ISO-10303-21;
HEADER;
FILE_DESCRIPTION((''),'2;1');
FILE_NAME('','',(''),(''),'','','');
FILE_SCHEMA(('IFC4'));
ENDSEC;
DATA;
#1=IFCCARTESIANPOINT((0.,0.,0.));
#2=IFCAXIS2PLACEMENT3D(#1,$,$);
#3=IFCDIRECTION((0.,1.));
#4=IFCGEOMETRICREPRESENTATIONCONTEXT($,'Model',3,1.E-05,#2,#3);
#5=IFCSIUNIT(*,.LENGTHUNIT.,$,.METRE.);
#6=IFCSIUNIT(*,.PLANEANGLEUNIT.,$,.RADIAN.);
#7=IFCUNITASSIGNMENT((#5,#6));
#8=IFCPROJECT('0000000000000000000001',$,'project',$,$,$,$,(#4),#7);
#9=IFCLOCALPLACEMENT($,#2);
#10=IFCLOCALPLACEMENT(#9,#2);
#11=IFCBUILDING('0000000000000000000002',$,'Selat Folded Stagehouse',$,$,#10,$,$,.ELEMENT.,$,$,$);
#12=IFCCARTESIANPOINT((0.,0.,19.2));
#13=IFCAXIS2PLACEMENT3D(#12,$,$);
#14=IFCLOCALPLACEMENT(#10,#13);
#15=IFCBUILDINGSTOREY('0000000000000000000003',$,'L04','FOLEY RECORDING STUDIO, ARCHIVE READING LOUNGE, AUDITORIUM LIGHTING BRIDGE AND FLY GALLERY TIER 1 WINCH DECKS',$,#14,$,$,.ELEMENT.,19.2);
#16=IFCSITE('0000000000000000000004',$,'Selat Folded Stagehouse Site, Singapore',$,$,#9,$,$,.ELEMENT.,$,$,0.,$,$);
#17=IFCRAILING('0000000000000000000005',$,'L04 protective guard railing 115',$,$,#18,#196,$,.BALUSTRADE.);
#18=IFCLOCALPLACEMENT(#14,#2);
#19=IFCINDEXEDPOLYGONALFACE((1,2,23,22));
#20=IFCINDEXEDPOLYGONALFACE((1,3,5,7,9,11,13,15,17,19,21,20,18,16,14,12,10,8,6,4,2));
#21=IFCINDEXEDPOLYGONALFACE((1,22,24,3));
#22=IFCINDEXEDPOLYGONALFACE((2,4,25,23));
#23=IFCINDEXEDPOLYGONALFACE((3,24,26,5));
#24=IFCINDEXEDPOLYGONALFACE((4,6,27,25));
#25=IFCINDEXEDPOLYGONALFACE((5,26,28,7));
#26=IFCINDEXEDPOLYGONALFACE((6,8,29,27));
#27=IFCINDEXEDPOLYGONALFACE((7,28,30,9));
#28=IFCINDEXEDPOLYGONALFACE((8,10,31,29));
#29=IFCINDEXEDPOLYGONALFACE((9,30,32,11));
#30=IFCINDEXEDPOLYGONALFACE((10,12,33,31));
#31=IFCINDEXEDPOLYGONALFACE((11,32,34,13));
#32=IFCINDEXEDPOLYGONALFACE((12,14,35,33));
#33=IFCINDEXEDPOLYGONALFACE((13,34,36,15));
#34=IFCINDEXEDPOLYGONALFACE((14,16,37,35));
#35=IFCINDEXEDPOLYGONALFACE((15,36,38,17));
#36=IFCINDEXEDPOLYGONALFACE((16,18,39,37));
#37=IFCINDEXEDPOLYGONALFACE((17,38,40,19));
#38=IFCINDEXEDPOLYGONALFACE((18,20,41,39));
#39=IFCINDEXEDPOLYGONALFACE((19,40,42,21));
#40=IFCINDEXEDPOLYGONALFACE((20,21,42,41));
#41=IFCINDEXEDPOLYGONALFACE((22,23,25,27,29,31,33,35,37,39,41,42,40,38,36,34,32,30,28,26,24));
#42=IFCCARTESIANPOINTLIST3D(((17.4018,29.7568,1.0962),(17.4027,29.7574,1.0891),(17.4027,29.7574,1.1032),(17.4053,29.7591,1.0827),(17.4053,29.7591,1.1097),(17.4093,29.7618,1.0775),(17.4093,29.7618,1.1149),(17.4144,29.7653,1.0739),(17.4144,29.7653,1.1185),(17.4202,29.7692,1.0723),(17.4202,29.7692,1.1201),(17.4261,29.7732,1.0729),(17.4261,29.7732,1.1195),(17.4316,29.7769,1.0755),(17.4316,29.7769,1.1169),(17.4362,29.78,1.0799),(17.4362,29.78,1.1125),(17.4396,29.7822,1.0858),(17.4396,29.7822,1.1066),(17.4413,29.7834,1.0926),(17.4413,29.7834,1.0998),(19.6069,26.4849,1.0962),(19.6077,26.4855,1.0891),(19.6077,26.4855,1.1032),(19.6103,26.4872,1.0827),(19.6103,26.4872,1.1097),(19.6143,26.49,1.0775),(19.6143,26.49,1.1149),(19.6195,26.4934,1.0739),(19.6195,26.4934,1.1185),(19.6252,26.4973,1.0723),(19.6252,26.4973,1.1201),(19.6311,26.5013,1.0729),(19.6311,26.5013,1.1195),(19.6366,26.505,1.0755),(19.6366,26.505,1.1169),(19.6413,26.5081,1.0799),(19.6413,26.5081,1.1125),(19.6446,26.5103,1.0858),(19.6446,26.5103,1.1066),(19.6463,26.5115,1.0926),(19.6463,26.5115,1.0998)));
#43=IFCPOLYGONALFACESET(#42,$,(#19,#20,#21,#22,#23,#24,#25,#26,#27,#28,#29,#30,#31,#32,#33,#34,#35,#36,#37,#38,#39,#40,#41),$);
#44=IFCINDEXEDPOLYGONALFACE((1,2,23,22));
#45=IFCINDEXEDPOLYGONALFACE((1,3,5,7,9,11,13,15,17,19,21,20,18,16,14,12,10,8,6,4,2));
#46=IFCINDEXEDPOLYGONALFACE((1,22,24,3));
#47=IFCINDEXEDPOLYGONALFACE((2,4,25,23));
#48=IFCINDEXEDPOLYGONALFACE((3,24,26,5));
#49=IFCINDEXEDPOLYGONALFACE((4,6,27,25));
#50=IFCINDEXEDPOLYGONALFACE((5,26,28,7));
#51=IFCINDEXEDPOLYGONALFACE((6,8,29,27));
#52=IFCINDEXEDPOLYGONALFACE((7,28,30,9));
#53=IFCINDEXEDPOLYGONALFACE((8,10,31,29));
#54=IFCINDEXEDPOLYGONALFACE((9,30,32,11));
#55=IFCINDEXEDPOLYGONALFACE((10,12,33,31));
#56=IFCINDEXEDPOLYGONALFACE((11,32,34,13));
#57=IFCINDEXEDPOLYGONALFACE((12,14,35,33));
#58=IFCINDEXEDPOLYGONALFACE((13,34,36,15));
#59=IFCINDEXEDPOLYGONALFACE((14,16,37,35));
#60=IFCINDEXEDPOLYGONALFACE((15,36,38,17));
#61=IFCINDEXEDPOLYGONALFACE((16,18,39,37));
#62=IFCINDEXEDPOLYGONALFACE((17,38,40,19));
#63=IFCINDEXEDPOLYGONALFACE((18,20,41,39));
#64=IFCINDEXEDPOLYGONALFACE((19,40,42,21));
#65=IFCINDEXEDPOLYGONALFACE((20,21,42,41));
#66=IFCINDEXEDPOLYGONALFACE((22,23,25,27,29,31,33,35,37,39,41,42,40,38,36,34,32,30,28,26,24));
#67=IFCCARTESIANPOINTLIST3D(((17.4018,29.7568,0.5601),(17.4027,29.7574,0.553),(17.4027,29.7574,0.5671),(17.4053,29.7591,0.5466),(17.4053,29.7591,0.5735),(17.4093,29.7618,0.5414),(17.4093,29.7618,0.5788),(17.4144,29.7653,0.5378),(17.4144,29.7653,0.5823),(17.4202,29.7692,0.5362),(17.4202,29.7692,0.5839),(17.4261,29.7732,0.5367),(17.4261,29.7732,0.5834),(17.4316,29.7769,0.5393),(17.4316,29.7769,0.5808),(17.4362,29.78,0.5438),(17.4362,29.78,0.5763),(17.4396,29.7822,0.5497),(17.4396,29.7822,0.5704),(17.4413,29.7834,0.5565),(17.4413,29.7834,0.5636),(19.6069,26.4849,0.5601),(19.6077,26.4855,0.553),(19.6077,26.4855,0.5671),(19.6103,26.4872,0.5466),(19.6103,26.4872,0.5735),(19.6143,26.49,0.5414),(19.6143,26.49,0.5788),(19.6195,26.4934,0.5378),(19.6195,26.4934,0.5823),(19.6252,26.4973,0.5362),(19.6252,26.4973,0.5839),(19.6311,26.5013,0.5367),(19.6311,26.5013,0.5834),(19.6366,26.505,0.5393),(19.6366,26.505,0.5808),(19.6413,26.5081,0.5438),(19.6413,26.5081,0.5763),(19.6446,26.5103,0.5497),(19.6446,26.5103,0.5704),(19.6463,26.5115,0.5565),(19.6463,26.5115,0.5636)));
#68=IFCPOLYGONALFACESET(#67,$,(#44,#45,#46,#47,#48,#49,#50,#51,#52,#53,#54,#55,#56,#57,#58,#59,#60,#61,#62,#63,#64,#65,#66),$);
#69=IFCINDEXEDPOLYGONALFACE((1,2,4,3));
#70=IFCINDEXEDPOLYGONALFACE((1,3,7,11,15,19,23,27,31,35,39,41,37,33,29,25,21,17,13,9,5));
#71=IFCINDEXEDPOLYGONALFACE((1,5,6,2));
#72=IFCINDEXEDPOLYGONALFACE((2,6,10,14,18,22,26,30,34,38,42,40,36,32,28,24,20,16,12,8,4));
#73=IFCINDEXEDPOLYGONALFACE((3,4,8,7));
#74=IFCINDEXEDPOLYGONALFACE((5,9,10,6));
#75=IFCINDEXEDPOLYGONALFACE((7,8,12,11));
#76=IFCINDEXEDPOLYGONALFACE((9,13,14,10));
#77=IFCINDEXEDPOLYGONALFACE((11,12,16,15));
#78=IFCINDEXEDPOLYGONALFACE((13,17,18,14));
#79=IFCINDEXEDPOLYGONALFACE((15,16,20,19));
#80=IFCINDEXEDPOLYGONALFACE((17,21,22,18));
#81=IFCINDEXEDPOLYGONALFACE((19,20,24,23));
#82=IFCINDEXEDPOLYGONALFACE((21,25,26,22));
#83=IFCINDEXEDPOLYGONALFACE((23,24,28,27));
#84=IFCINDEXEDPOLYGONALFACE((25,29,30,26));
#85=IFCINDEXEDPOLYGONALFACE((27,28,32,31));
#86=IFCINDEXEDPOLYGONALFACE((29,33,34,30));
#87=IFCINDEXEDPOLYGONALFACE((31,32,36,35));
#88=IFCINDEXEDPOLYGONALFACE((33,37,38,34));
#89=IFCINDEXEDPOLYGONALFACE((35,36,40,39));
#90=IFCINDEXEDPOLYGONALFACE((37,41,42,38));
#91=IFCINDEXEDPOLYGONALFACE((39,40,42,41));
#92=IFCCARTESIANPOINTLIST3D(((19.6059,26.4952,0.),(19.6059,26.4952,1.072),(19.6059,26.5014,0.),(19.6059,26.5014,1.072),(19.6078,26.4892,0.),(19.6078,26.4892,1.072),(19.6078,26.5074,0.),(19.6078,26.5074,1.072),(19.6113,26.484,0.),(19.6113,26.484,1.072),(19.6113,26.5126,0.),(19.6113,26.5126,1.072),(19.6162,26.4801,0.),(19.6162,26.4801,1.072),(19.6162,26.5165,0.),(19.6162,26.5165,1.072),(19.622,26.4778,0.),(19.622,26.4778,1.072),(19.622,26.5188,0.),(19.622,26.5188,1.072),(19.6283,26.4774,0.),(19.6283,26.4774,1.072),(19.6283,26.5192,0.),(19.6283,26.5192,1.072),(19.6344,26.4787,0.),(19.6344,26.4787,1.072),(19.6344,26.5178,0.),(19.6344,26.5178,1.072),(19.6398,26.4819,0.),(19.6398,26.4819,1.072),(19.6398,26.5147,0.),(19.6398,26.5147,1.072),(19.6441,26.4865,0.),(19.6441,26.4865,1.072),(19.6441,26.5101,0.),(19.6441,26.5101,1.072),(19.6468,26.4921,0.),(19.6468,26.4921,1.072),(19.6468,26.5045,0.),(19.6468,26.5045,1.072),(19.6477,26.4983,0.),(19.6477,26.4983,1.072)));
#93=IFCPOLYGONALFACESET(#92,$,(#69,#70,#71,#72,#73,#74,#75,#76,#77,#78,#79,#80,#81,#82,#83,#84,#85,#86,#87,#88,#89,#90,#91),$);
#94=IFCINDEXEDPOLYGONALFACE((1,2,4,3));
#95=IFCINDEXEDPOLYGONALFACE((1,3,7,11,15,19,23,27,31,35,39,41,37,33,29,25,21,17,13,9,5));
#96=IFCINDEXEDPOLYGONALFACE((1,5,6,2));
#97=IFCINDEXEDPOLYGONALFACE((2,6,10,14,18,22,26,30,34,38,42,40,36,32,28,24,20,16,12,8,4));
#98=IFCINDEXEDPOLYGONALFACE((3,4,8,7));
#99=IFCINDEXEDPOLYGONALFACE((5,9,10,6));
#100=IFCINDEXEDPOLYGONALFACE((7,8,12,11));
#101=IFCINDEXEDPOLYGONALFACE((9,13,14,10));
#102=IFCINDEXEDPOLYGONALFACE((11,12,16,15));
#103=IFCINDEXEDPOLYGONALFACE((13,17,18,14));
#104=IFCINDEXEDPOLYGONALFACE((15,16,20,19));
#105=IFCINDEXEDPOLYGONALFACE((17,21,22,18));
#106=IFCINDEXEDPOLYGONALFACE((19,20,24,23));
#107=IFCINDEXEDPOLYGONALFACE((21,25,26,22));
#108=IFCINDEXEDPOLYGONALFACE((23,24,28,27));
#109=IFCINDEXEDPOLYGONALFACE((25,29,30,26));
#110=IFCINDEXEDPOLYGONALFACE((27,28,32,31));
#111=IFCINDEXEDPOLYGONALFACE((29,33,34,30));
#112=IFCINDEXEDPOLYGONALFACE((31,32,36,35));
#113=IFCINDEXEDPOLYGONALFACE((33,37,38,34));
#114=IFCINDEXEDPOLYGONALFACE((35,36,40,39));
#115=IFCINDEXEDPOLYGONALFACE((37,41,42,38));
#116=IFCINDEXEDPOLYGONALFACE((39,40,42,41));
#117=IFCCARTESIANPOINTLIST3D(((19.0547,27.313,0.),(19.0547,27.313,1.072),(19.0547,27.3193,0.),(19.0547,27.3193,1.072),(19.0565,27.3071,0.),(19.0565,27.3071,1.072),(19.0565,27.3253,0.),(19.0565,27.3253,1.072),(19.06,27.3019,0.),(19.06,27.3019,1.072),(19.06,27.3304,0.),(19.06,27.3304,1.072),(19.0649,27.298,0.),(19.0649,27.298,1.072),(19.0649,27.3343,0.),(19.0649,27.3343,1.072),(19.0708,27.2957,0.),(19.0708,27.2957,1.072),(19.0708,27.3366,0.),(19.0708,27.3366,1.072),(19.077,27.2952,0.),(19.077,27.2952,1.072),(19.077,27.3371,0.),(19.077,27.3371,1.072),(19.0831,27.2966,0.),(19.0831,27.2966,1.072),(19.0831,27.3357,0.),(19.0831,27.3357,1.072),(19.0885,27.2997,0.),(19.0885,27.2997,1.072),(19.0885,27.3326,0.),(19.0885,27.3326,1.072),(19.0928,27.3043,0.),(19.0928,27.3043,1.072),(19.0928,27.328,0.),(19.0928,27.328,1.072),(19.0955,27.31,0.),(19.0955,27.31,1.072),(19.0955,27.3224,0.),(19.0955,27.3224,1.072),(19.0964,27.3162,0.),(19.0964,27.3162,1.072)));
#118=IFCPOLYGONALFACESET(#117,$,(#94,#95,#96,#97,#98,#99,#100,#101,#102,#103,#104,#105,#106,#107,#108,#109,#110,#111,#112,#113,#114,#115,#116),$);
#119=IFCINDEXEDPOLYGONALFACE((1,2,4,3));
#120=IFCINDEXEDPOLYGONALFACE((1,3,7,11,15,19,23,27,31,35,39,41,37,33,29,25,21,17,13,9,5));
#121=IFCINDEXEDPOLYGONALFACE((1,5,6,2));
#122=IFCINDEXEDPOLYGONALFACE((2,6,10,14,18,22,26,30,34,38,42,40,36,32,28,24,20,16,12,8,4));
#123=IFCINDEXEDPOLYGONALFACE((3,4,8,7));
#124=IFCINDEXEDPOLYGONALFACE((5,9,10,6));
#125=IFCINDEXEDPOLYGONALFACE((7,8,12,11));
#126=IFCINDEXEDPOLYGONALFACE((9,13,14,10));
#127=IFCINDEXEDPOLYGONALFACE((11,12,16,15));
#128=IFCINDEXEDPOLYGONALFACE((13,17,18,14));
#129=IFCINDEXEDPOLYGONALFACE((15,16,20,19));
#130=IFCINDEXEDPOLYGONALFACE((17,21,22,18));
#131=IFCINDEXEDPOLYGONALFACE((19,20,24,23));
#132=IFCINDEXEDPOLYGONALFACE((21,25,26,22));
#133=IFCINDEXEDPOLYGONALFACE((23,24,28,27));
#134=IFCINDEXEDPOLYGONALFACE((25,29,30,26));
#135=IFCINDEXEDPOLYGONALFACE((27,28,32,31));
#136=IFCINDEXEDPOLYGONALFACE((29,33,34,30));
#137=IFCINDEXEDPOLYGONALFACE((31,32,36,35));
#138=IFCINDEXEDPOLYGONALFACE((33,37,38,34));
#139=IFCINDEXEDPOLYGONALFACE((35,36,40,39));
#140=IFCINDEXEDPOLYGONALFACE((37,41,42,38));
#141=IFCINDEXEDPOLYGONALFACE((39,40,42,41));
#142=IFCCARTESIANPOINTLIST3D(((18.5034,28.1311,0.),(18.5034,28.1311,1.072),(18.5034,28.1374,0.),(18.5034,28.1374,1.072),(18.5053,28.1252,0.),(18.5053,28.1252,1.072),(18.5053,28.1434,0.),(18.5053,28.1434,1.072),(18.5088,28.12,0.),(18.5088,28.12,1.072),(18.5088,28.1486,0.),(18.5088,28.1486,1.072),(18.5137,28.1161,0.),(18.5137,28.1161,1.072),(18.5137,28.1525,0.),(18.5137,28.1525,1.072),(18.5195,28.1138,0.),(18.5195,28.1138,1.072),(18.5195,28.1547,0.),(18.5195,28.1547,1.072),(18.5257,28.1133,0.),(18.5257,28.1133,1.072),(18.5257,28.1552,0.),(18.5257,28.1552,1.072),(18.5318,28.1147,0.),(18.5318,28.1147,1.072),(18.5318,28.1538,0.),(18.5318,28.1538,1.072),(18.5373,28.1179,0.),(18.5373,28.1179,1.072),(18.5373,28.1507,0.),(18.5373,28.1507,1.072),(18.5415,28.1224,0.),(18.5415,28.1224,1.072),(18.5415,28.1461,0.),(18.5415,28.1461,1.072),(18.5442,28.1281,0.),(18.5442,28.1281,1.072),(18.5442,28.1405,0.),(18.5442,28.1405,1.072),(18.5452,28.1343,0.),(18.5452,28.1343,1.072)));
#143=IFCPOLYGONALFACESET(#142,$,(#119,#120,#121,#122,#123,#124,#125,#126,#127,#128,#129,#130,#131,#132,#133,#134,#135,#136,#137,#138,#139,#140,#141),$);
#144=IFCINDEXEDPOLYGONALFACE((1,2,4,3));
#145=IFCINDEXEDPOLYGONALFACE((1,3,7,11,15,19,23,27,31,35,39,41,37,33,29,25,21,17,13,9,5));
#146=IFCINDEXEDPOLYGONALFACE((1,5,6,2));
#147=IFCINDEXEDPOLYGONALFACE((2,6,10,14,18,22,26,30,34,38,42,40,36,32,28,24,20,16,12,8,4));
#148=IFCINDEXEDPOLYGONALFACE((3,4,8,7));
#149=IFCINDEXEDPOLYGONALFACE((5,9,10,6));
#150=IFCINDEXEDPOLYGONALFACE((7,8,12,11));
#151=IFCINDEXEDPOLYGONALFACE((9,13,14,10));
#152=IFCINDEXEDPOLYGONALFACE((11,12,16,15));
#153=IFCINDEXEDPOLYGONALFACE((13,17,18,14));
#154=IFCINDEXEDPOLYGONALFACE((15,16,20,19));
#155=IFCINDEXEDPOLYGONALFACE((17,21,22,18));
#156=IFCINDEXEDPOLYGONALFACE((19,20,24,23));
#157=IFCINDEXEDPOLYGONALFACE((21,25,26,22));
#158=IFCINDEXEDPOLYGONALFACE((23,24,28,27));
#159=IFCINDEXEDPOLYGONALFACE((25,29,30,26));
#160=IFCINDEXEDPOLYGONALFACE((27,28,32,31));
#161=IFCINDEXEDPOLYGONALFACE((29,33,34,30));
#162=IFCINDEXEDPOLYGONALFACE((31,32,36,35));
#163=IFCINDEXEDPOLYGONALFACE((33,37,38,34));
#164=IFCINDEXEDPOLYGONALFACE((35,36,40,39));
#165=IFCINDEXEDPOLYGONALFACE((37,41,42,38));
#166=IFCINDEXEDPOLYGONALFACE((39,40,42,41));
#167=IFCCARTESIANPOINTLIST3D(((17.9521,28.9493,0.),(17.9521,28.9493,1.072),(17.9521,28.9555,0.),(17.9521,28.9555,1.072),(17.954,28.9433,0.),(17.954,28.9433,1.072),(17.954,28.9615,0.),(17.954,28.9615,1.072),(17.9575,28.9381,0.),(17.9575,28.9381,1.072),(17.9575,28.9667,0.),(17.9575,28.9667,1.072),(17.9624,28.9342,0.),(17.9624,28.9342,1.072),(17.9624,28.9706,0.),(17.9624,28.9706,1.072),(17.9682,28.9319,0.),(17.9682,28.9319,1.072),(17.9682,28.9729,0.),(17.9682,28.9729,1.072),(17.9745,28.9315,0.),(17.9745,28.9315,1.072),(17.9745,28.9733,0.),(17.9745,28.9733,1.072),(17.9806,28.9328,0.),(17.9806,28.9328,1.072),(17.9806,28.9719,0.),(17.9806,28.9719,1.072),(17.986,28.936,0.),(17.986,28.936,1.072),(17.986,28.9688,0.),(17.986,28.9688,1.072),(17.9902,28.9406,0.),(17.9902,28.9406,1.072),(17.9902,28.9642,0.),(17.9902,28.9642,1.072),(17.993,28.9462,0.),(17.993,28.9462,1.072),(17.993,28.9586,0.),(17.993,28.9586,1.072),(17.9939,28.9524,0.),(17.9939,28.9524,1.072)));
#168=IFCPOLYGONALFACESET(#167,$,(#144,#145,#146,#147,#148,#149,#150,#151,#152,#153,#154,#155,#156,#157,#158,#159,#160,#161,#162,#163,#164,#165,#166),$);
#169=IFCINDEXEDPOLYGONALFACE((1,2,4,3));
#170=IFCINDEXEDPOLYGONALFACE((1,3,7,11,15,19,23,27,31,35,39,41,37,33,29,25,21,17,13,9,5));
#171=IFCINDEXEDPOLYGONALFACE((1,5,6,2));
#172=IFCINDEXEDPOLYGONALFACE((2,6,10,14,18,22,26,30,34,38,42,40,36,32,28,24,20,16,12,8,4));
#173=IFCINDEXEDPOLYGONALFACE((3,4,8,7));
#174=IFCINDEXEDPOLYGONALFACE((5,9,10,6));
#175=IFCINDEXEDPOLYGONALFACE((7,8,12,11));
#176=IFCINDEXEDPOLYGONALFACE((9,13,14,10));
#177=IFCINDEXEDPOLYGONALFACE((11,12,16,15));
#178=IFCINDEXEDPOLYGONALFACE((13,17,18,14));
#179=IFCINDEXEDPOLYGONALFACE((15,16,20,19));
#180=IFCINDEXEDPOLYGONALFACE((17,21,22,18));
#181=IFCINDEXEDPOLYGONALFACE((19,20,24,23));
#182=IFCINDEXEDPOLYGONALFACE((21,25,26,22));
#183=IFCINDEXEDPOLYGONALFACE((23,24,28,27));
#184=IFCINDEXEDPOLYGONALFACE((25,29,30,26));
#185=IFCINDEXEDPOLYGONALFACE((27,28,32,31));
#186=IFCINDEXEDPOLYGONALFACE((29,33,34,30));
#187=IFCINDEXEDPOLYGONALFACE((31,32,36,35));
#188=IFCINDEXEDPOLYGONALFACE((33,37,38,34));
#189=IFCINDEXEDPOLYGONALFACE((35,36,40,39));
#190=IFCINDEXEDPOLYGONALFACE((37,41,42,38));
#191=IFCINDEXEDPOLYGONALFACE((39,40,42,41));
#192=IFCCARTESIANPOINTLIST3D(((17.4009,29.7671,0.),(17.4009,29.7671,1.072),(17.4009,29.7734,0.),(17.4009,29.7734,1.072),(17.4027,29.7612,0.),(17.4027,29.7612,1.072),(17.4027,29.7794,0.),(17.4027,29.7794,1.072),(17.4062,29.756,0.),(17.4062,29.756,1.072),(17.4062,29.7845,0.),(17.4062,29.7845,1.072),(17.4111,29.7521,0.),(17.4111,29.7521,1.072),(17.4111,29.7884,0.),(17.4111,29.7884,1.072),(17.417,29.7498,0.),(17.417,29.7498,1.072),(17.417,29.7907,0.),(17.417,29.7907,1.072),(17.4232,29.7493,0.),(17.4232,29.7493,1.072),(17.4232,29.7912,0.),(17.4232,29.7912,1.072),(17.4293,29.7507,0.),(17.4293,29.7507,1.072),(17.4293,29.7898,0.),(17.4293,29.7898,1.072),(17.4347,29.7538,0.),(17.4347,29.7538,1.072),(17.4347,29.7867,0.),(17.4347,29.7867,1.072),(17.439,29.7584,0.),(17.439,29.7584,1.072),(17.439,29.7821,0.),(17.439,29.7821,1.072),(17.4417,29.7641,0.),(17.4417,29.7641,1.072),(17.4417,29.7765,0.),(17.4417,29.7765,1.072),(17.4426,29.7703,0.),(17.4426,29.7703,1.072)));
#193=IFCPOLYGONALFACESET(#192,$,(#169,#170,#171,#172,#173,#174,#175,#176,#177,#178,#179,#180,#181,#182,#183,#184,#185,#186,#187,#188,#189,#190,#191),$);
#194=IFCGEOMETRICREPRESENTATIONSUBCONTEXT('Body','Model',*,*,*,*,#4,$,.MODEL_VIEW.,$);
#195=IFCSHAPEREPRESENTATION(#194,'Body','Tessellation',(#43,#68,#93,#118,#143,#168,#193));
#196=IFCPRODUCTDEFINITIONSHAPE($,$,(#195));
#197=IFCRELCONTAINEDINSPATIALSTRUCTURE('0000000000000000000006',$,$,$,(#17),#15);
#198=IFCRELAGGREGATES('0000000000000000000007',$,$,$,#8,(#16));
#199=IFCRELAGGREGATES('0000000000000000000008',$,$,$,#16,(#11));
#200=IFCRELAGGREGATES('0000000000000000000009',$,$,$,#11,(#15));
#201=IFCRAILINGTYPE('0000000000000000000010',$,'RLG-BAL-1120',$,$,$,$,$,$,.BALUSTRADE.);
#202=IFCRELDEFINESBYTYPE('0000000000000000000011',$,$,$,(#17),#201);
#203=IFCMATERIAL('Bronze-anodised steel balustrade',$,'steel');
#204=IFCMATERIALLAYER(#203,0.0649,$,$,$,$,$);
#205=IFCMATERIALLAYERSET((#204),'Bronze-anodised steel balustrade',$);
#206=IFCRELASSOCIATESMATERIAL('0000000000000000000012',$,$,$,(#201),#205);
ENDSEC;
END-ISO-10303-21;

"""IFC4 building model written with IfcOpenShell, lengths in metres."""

from ifc_helpers import new_model, si_unit, direction, frame, origin, origin_2d, place, context, subcontext, project, spatial, circle, extrude, material, layer, layer_set, type_object, element, save


model = new_model("IFC4")

# Units and contexts
model_context = context("Model", 3, precision=1e-05, world=origin(), true_north=direction((0.0, 1.0)))
body_context = subcontext(model_context, "Body", "Model", "MODEL_VIEW")
ifc_project = project(units=[si_unit("LENGTHUNIT", "METRE"), si_unit("PLANEANGLEUNIT", "RADIAN")], contexts=[model_context])

# Site, building, storey
site_placement = place(None, origin())
site = spatial("IfcSite", under=ifc_project, at=site_placement, Name="Selat Folded Stagehouse Site, Singapore", CompositionType="ELEMENT", RefElevation=0.0)
building_placement = place(site_placement, origin())
building = spatial("IfcBuilding", under=site, at=building_placement, Name="Selat Folded Stagehouse", CompositionType="ELEMENT")
storey_placement = place(building_placement, frame((0.0, 0.0, 19.2)))
storey = spatial("IfcBuildingStorey", under=building, at=storey_placement, Name="L04", Description="FOLEY RECORDING STUDIO, ARCHIVE READING LOUNGE, AUDITORIUM LIGHTING BRIDGE AND FLY GALLERY TIER 1 WINCH DECKS", CompositionType="ELEMENT", Elevation=19.2)

# Railing
ifc_material_1 = material(Name="Bronze-anodised steel balustrade", Category="steel")
ifc_layer_1 = layer(ifc_material_1, 0.0649)
ifc_layer_set_1 = layer_set([ifc_layer_1], Name="Bronze-anodised steel balustrade")
railing_type = type_object("IfcRailingType", Name="RLG-BAL-1120", PredefinedType="BALUSTRADE", material=ifc_layer_set_1)
railing_1_placement = place(storey_placement, frame((19.6267, 26.4983, 0.0)))
element("IfcRailing", 1, at=railing_1_placement, inside=storey, type_object=railing_type, Name="L04 protective guard railing 115", PredefinedType="BALUSTRADE", context=body_context, shape_type="SweptSolid", body=[
    extrude(circle(Radius=0.0239, at=origin_2d()), frame((0.0, 0.0, 1.0962), z_axis=(-0.558863, 0.82926, 0.0), x_axis=(-0.82926, -0.558863, 0.0)), (0.0, 0.0, 1.0), 3.9456),
    extrude(circle(Radius=0.0239, at=origin_2d()), frame((0.0, 0.0, 0.5601), z_axis=(-0.558863, 0.82926, 0.0), x_axis=(-0.82926, -0.558863, 0.0)), (0.0, 0.0, 1.0), 3.9456),
    extrude(circle(Radius=0.021, at=origin_2d()), origin(), (0.0, 0.0, 1.0), 1.072),
    extrude(circle(Radius=0.021, at=origin_2d()), frame((-0.5513, 0.8179, 0.0)), (0.0, 0.0, 1.0), 1.072),
    extrude(circle(Radius=0.021, at=origin_2d()), frame((-1.1025, 1.636, 0.0)), (0.0, 0.0, 1.0), 1.072),
    extrude(circle(Radius=0.021, at=origin_2d()), frame((-1.6538, 2.4541, 0.0)), (0.0, 0.0, 1.0), 1.072),
    extrude(circle(Radius=0.021, at=origin_2d()), frame((-2.2051, 3.272, 0.0)), (0.0, 0.0, 1.0), 1.072),
])

save(model, "model.ifc")
